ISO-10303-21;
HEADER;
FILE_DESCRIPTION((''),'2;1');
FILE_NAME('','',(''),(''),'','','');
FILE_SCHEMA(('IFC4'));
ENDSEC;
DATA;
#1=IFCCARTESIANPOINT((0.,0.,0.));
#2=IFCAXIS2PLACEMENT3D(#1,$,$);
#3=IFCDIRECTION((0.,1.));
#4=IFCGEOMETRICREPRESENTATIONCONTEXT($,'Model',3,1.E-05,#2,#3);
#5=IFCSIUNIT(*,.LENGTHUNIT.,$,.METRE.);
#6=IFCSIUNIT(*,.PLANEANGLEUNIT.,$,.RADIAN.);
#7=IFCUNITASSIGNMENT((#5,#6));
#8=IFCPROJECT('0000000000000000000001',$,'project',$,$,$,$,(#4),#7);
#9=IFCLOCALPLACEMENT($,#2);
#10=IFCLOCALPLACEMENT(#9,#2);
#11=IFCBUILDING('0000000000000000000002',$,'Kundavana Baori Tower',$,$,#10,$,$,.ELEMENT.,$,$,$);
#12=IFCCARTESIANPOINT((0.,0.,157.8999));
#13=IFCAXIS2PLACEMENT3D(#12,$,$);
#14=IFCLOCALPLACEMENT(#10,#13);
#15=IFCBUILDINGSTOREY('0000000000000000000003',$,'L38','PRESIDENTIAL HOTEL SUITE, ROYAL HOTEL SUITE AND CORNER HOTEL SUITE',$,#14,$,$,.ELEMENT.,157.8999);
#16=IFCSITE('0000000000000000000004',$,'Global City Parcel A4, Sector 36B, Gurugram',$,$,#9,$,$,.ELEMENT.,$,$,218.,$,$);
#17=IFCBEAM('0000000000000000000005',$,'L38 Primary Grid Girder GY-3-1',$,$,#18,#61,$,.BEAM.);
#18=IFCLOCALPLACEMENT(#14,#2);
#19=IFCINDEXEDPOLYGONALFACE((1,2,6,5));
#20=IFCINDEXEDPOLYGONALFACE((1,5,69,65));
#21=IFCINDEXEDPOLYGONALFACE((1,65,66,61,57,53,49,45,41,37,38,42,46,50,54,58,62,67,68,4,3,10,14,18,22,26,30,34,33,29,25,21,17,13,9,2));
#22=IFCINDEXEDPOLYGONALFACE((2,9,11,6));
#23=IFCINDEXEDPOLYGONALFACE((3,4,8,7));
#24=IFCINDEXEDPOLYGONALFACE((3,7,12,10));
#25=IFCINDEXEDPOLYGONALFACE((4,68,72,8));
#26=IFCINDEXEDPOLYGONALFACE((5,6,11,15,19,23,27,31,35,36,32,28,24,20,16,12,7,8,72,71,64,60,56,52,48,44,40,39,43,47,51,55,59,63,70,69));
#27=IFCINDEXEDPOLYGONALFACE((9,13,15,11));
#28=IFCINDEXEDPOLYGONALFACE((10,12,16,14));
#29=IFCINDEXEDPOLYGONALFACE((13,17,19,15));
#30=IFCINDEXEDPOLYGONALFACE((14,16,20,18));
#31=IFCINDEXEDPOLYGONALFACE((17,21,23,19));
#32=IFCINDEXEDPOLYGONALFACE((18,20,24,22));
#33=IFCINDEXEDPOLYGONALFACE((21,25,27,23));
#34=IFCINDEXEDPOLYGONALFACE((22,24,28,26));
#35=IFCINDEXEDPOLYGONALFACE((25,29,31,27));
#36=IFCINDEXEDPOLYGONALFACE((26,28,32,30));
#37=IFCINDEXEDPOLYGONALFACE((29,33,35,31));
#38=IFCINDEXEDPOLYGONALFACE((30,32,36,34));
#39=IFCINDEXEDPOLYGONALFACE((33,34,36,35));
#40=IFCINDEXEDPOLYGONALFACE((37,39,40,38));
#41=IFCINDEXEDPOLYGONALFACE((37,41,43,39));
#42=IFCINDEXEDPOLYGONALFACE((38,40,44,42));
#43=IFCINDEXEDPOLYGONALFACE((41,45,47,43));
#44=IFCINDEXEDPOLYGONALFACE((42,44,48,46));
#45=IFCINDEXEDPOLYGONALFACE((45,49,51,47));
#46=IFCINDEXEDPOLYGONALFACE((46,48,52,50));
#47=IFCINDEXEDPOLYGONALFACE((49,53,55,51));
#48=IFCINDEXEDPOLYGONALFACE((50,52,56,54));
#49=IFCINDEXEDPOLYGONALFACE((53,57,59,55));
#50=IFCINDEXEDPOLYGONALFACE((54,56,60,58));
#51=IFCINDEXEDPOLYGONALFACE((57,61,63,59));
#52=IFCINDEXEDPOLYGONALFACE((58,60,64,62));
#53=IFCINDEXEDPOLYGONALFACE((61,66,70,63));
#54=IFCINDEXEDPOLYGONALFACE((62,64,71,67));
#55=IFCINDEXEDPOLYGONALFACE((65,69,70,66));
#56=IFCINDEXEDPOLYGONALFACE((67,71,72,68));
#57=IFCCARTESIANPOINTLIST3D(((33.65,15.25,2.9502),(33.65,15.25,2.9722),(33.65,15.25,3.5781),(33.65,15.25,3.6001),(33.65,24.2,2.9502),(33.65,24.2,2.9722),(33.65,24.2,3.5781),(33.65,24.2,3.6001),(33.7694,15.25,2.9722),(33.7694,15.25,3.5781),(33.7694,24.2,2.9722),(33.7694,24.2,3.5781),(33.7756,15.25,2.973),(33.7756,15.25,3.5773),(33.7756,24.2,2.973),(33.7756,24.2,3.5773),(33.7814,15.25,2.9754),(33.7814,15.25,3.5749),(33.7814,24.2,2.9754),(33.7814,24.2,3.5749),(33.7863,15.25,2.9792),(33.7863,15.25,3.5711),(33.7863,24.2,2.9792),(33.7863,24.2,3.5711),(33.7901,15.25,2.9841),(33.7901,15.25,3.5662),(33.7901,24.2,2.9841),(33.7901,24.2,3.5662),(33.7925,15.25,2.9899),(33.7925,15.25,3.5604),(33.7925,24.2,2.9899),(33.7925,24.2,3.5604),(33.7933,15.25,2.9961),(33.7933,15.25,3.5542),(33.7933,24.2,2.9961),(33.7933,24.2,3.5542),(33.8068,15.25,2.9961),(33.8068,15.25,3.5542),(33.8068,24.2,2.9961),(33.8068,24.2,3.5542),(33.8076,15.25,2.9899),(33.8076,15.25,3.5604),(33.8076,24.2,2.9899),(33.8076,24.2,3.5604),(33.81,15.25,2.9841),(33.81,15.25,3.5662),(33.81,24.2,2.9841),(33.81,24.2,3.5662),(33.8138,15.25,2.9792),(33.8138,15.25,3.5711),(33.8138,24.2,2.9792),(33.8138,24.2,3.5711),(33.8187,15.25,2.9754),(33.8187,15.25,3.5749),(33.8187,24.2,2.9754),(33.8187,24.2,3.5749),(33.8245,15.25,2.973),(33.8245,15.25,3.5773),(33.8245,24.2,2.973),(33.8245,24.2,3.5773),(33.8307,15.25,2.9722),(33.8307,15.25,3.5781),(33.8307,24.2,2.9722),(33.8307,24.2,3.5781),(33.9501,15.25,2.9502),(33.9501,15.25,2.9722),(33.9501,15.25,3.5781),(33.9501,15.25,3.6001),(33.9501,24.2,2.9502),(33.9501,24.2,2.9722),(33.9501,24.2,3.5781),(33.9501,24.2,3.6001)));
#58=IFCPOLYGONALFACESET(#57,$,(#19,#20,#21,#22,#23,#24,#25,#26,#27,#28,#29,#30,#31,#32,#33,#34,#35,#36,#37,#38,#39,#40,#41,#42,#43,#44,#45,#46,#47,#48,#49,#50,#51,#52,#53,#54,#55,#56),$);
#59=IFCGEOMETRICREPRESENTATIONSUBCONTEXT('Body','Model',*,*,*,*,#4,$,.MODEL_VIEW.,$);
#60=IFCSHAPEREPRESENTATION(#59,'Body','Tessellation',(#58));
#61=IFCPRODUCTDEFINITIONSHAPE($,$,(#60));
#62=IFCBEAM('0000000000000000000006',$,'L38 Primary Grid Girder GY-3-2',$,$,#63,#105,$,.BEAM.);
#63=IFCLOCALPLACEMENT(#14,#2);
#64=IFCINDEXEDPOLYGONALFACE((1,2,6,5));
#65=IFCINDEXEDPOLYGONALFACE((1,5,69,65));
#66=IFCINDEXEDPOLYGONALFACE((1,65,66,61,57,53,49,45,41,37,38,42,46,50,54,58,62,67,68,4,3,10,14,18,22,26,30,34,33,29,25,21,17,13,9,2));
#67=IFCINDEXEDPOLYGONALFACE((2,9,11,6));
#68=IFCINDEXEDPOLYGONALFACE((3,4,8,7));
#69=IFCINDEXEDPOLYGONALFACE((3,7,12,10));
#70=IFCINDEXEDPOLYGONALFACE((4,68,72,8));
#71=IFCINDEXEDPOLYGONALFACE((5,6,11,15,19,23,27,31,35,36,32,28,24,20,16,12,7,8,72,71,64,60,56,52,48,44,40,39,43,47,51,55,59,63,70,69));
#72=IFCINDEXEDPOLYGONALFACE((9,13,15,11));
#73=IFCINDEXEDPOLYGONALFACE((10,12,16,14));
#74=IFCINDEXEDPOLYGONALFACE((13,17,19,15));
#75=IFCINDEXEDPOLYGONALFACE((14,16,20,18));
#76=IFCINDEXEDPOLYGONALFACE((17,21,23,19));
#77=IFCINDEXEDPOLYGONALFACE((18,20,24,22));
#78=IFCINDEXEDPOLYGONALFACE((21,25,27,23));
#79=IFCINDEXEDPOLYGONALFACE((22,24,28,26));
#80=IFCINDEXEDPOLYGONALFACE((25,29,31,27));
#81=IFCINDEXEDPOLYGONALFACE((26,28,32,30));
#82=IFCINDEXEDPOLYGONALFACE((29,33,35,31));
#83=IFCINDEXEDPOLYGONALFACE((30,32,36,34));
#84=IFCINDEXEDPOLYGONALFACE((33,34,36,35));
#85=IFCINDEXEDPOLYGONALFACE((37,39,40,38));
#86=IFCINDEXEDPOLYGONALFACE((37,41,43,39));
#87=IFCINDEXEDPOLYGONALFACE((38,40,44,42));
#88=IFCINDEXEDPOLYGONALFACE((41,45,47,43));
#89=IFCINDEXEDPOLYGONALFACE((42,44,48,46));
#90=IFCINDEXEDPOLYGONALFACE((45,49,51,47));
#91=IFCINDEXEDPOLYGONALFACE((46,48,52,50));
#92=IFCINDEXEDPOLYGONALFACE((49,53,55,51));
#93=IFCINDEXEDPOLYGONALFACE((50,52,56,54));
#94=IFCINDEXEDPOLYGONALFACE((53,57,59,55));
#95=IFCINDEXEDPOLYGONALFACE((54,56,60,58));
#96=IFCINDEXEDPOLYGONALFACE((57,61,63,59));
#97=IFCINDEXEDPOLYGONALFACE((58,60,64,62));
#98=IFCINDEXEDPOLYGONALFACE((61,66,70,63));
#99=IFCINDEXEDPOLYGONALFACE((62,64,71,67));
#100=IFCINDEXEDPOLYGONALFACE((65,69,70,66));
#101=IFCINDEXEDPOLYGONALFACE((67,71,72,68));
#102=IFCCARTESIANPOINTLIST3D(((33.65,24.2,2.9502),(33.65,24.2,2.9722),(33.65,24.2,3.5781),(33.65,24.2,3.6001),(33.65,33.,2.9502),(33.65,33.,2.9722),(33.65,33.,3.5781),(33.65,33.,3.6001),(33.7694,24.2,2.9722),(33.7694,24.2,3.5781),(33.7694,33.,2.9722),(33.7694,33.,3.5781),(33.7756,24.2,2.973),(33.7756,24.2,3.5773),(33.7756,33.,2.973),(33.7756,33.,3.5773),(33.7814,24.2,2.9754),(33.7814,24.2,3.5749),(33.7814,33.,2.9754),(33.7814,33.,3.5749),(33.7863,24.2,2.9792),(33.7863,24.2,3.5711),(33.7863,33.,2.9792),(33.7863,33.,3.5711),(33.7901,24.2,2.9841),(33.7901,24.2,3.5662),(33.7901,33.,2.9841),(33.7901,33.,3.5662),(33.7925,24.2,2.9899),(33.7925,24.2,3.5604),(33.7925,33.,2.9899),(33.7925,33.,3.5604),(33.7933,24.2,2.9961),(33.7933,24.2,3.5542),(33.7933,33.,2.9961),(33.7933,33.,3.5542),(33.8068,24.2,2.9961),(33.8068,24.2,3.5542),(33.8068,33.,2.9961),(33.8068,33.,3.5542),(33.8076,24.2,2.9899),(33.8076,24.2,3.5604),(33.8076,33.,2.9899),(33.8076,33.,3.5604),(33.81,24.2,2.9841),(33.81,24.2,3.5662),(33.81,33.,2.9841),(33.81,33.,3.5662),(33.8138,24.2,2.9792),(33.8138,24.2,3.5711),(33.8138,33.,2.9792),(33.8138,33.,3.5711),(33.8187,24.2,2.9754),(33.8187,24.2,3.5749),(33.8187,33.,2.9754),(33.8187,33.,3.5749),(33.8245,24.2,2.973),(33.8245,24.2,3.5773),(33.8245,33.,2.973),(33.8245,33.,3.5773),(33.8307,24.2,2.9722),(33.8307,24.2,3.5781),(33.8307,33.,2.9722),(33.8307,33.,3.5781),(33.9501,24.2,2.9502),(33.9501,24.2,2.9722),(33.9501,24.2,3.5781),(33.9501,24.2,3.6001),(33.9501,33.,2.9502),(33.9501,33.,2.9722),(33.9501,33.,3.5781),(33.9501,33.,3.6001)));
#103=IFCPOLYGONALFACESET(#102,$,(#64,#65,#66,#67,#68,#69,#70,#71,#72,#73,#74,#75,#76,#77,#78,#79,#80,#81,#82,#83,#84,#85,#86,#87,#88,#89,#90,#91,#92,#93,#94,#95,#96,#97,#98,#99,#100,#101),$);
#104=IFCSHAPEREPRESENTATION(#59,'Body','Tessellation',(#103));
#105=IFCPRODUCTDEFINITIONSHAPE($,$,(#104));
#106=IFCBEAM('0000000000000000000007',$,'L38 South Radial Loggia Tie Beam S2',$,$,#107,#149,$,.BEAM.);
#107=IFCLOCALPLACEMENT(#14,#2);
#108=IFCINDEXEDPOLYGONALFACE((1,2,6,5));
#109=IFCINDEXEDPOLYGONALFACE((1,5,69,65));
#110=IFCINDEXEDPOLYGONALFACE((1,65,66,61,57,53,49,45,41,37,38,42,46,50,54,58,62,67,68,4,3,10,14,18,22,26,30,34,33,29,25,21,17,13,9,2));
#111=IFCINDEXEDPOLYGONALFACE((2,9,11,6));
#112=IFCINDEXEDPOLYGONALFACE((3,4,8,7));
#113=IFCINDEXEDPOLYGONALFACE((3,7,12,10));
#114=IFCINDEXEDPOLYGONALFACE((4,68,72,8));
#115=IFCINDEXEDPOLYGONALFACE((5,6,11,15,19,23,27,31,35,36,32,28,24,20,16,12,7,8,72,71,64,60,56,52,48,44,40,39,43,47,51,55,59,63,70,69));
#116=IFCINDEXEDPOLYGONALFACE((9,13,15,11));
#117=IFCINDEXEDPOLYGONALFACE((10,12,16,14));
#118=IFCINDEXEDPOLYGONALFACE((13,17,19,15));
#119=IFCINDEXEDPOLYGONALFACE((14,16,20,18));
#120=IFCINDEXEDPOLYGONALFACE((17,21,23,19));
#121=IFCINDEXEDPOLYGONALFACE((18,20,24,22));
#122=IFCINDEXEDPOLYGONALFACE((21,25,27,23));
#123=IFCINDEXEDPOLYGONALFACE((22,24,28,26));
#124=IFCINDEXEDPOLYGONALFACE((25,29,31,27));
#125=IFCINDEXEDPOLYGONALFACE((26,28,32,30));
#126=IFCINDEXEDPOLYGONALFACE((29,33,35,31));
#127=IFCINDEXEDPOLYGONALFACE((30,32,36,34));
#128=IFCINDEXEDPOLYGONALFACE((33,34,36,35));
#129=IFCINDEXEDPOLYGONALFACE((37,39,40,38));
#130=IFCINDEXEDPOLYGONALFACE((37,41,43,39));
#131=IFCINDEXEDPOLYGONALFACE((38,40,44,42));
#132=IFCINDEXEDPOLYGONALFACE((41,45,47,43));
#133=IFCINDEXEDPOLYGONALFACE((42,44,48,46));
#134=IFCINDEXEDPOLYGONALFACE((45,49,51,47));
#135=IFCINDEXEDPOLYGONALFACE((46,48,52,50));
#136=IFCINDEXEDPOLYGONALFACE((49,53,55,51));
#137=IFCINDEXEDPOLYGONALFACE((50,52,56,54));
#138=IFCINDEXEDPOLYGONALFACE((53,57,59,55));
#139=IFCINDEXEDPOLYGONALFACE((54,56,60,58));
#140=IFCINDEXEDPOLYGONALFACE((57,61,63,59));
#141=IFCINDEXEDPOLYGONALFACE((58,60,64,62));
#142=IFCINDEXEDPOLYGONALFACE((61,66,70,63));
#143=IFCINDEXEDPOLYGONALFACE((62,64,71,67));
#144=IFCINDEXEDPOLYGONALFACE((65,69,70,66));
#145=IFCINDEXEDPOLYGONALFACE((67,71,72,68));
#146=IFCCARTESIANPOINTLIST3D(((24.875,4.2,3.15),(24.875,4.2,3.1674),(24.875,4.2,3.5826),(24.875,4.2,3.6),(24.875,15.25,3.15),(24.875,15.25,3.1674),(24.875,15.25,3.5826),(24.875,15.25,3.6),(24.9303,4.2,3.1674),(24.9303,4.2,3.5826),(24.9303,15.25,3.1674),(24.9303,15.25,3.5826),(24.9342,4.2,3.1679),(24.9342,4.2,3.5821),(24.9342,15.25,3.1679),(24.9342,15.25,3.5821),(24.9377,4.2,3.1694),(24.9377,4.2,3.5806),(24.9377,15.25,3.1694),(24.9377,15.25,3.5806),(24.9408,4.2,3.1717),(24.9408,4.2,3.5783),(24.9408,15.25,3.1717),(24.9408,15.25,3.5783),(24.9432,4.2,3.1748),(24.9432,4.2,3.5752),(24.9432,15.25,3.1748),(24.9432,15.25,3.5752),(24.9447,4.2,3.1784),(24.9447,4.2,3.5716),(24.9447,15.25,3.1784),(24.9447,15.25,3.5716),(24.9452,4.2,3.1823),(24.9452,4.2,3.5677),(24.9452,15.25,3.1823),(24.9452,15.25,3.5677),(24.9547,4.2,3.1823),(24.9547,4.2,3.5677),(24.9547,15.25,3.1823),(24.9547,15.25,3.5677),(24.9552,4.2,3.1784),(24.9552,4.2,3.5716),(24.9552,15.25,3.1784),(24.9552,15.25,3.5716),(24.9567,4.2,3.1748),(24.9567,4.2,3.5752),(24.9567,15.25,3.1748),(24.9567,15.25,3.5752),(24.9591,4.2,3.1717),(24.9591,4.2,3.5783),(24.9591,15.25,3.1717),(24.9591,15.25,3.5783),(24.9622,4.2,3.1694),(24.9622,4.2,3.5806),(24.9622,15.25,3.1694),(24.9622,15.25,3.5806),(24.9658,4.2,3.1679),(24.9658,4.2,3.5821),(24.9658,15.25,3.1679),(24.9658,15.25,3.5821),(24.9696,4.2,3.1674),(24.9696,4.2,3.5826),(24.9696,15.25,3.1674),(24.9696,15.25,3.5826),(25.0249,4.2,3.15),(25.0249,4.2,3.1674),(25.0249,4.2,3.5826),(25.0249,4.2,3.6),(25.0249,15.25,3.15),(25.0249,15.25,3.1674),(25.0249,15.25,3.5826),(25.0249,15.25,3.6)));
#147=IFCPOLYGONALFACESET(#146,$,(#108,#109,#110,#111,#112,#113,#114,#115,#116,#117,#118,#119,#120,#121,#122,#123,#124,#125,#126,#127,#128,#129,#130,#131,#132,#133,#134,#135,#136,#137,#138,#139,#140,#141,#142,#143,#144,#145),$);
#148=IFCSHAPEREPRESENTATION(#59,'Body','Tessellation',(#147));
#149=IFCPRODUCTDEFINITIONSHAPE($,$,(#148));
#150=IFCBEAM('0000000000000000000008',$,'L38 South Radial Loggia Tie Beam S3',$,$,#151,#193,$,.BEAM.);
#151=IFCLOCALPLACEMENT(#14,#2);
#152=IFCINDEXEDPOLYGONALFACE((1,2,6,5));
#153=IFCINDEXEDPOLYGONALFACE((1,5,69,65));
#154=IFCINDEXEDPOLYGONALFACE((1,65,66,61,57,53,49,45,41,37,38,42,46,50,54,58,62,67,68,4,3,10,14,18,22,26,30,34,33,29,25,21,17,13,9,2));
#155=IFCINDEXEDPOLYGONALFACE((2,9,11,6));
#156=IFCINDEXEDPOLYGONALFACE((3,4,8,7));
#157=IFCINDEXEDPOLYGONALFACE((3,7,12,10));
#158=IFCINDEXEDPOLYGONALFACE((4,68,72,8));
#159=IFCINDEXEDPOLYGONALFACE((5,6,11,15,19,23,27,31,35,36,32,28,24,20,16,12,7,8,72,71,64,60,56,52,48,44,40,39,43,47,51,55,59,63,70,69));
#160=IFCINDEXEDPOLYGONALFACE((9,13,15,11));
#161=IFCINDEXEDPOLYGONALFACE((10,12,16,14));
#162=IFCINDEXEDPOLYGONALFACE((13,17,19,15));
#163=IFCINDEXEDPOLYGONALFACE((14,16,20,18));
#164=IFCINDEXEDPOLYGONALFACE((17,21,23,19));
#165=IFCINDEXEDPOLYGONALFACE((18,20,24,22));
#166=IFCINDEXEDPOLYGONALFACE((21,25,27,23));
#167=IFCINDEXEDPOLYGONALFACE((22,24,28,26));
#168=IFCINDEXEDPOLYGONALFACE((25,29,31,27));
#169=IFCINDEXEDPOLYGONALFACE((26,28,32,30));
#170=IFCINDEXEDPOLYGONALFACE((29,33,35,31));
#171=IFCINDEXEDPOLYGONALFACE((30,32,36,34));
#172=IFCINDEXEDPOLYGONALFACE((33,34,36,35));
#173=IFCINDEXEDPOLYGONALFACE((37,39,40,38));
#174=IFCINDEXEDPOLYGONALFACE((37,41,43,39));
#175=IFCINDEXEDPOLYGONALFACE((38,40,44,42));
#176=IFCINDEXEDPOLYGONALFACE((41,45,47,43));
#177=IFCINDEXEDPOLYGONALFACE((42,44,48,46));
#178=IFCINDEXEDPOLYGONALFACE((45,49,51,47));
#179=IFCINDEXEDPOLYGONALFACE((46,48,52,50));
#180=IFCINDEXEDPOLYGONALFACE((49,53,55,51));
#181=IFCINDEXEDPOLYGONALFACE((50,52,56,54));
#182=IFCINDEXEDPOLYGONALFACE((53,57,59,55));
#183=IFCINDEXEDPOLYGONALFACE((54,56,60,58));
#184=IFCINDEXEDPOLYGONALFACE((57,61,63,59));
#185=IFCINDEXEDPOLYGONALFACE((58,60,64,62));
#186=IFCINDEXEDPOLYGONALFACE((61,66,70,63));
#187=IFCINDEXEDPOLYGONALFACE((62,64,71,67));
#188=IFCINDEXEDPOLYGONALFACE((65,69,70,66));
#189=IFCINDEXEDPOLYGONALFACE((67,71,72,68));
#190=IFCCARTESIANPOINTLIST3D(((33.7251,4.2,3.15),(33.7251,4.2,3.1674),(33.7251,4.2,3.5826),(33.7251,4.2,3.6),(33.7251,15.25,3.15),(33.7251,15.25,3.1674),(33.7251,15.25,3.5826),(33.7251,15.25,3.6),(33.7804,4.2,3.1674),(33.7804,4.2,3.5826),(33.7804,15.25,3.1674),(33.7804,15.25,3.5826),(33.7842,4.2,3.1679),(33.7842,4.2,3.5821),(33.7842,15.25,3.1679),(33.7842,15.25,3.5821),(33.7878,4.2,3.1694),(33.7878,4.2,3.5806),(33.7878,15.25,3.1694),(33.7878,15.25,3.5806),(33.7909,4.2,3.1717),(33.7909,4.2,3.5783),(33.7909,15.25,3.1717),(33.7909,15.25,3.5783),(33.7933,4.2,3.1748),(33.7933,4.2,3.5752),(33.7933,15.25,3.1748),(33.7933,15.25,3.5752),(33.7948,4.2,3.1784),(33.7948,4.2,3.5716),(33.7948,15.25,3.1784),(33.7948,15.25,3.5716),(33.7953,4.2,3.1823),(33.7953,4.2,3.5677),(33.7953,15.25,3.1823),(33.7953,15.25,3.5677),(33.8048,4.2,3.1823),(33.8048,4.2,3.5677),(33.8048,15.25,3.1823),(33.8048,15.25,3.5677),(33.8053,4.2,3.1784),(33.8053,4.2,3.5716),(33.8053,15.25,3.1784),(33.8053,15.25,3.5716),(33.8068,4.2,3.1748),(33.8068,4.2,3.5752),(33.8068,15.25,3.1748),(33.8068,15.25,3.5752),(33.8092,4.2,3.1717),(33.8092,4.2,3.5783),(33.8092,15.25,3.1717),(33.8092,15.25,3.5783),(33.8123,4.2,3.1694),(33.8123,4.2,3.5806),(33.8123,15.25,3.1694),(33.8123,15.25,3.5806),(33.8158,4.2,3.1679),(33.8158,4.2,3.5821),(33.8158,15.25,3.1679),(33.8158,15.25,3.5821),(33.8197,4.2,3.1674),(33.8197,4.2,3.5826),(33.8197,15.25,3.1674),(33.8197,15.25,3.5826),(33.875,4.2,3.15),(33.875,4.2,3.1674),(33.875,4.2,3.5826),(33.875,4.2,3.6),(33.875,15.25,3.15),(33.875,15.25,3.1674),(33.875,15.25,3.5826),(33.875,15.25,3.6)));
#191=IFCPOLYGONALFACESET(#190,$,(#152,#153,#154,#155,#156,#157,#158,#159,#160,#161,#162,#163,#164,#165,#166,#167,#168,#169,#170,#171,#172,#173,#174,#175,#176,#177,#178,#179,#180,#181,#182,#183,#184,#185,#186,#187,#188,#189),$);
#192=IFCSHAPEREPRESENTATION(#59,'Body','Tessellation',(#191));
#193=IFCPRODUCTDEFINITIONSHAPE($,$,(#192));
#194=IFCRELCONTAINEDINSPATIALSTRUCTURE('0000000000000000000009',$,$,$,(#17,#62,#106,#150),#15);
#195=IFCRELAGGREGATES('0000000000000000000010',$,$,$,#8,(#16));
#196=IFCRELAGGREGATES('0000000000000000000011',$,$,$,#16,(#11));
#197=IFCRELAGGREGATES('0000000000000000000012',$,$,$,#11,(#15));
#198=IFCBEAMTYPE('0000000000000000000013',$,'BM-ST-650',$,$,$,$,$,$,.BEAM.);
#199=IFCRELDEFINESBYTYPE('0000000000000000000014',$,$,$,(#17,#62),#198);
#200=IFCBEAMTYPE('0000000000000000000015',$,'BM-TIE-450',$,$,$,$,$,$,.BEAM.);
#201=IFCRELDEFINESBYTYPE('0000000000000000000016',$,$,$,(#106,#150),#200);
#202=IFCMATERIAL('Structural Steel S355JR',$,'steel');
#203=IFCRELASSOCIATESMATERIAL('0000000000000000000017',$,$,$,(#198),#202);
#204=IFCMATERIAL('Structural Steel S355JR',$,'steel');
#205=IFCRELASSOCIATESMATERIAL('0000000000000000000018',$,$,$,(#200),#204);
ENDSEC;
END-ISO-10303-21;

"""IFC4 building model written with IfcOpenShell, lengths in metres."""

from ifc_helpers import new_model, si_unit, direction, frame, origin, origin_2d, place, context, subcontext, project, spatial, i_section, extrude, material, material_profile, profile_set, type_object, element, save


model = new_model("IFC4")

# Units and contexts
model_context = context("Model", 3, precision=1e-05, world=origin(), true_north=direction((0.0, 1.0)))
body_context = subcontext(model_context, "Body", "Model", "MODEL_VIEW")
ifc_project = project(units=[si_unit("LENGTHUNIT", "METRE"), si_unit("PLANEANGLEUNIT", "RADIAN")], contexts=[model_context])

# Site, building, storey
site_placement = place(None, origin())
site = spatial("IfcSite", under=ifc_project, at=site_placement, Name="Global City Parcel A4, Sector 36B, Gurugram", CompositionType="ELEMENT", RefElevation=218.0)
building_placement = place(site_placement, origin())
building = spatial("IfcBuilding", under=site, at=building_placement, Name="Kundavana Baori Tower", CompositionType="ELEMENT")
storey_placement = place(building_placement, frame((0.0, 0.0, 157.8999)))
storey = spatial("IfcBuildingStorey", under=building, at=storey_placement, Name="L38", Description="PRESIDENTIAL HOTEL SUITE, ROYAL HOTEL SUITE AND CORNER HOTEL SUITE", CompositionType="ELEMENT", Elevation=157.8999)

# Beams
ifc_material_1 = material(Name="Structural Steel S355JR", Category="steel")
ifc_material_profile_1 = material_profile(ifc_material_1, i_section(OverallWidth=0.3, OverallDepth=0.6499, WebThickness=0.0134, FlangeThickness=0.022, FilletRadius=0.0239, at=origin_2d()), Name="NPB 650x300x155")
ifc_profile_set_1 = profile_set([ifc_material_profile_1], Name="Structural Steel S355JR")
beam_type_1 = type_object("IfcBeamType", Name="BM-ST-650", PredefinedType="BEAM", material=ifc_profile_set_1)
beam_1_placement = place(storey_placement, frame((33.8, 15.25, 3.2751), z_axis=(0.0, 1.0, 0.0), x_axis=(-1.0, 0.0, 0.0)))
element("IfcBeam", 1, at=beam_1_placement, inside=storey, type_object=beam_type_1, Name="L38 Primary Grid Girder GY-3-1", PredefinedType="BEAM", context=body_context, shape_type="SweptSolid", body=[
    extrude(i_section(OverallWidth=0.3, OverallDepth=0.6499, WebThickness=0.0134, FlangeThickness=0.022, FilletRadius=0.0239, at=origin_2d()), origin(), (0.0, 0.0, 1.0), 8.95),
])
beam_2_placement = place(storey_placement, frame((33.8, 24.2, 3.2751), z_axis=(0.0, 1.0, 0.0), x_axis=(-1.0, 0.0, 0.0)))
element("IfcBeam", 2, at=beam_2_placement, inside=storey, type_object=beam_type_1, Name="L38 Primary Grid Girder GY-3-2", PredefinedType="BEAM", context=body_context, shape_type="SweptSolid", body=[
    extrude(i_section(OverallWidth=0.3, OverallDepth=0.6499, WebThickness=0.0134, FlangeThickness=0.022, FilletRadius=0.0239, at=origin_2d()), origin(), (0.0, 0.0, 1.0), 8.8),
])
ifc_material_2 = material(Name="Structural Steel S355JR", Category="steel")
ifc_material_profile_2 = material_profile(ifc_material_2, i_section(OverallWidth=0.1499, OverallDepth=0.45, WebThickness=0.0095, FlangeThickness=0.0173, FilletRadius=0.0149, at=origin_2d()), Name="ISMB 450")
ifc_profile_set_2 = profile_set([ifc_material_profile_2], Name="Structural Steel S355JR")
beam_type_2 = type_object("IfcBeamType", Name="BM-TIE-450", PredefinedType="BEAM", material=ifc_profile_set_2)
for number, where, z_axis, x_axis, name in (
    (3, (24.95, 15.25, 3.375), (0.0, -1.0, 0.0), (1.0, 0.0, 0.0), "L38 South Radial Loggia Tie Beam S2"),
    (4, (33.8, 15.25, 3.375), (0.0, -1.0, 0.0), (1.0, 0.0, 0.0), "L38 South Radial Loggia Tie Beam S3"),
):
    element("IfcBeam", number, at=place(storey_placement, frame(where, z_axis=z_axis, x_axis=x_axis)), inside=storey, type_object=beam_type_2, Name=name, PredefinedType="BEAM", context=body_context, shape_type="SweptSolid", body=[
        extrude(i_section(OverallWidth=0.1499, OverallDepth=0.45, WebThickness=0.0095, FlangeThickness=0.0173, FilletRadius=0.0149, at=origin_2d()), origin(), (0.0, 0.0, 1.0), 11.05),
    ])

save(model, "model.ifc")
